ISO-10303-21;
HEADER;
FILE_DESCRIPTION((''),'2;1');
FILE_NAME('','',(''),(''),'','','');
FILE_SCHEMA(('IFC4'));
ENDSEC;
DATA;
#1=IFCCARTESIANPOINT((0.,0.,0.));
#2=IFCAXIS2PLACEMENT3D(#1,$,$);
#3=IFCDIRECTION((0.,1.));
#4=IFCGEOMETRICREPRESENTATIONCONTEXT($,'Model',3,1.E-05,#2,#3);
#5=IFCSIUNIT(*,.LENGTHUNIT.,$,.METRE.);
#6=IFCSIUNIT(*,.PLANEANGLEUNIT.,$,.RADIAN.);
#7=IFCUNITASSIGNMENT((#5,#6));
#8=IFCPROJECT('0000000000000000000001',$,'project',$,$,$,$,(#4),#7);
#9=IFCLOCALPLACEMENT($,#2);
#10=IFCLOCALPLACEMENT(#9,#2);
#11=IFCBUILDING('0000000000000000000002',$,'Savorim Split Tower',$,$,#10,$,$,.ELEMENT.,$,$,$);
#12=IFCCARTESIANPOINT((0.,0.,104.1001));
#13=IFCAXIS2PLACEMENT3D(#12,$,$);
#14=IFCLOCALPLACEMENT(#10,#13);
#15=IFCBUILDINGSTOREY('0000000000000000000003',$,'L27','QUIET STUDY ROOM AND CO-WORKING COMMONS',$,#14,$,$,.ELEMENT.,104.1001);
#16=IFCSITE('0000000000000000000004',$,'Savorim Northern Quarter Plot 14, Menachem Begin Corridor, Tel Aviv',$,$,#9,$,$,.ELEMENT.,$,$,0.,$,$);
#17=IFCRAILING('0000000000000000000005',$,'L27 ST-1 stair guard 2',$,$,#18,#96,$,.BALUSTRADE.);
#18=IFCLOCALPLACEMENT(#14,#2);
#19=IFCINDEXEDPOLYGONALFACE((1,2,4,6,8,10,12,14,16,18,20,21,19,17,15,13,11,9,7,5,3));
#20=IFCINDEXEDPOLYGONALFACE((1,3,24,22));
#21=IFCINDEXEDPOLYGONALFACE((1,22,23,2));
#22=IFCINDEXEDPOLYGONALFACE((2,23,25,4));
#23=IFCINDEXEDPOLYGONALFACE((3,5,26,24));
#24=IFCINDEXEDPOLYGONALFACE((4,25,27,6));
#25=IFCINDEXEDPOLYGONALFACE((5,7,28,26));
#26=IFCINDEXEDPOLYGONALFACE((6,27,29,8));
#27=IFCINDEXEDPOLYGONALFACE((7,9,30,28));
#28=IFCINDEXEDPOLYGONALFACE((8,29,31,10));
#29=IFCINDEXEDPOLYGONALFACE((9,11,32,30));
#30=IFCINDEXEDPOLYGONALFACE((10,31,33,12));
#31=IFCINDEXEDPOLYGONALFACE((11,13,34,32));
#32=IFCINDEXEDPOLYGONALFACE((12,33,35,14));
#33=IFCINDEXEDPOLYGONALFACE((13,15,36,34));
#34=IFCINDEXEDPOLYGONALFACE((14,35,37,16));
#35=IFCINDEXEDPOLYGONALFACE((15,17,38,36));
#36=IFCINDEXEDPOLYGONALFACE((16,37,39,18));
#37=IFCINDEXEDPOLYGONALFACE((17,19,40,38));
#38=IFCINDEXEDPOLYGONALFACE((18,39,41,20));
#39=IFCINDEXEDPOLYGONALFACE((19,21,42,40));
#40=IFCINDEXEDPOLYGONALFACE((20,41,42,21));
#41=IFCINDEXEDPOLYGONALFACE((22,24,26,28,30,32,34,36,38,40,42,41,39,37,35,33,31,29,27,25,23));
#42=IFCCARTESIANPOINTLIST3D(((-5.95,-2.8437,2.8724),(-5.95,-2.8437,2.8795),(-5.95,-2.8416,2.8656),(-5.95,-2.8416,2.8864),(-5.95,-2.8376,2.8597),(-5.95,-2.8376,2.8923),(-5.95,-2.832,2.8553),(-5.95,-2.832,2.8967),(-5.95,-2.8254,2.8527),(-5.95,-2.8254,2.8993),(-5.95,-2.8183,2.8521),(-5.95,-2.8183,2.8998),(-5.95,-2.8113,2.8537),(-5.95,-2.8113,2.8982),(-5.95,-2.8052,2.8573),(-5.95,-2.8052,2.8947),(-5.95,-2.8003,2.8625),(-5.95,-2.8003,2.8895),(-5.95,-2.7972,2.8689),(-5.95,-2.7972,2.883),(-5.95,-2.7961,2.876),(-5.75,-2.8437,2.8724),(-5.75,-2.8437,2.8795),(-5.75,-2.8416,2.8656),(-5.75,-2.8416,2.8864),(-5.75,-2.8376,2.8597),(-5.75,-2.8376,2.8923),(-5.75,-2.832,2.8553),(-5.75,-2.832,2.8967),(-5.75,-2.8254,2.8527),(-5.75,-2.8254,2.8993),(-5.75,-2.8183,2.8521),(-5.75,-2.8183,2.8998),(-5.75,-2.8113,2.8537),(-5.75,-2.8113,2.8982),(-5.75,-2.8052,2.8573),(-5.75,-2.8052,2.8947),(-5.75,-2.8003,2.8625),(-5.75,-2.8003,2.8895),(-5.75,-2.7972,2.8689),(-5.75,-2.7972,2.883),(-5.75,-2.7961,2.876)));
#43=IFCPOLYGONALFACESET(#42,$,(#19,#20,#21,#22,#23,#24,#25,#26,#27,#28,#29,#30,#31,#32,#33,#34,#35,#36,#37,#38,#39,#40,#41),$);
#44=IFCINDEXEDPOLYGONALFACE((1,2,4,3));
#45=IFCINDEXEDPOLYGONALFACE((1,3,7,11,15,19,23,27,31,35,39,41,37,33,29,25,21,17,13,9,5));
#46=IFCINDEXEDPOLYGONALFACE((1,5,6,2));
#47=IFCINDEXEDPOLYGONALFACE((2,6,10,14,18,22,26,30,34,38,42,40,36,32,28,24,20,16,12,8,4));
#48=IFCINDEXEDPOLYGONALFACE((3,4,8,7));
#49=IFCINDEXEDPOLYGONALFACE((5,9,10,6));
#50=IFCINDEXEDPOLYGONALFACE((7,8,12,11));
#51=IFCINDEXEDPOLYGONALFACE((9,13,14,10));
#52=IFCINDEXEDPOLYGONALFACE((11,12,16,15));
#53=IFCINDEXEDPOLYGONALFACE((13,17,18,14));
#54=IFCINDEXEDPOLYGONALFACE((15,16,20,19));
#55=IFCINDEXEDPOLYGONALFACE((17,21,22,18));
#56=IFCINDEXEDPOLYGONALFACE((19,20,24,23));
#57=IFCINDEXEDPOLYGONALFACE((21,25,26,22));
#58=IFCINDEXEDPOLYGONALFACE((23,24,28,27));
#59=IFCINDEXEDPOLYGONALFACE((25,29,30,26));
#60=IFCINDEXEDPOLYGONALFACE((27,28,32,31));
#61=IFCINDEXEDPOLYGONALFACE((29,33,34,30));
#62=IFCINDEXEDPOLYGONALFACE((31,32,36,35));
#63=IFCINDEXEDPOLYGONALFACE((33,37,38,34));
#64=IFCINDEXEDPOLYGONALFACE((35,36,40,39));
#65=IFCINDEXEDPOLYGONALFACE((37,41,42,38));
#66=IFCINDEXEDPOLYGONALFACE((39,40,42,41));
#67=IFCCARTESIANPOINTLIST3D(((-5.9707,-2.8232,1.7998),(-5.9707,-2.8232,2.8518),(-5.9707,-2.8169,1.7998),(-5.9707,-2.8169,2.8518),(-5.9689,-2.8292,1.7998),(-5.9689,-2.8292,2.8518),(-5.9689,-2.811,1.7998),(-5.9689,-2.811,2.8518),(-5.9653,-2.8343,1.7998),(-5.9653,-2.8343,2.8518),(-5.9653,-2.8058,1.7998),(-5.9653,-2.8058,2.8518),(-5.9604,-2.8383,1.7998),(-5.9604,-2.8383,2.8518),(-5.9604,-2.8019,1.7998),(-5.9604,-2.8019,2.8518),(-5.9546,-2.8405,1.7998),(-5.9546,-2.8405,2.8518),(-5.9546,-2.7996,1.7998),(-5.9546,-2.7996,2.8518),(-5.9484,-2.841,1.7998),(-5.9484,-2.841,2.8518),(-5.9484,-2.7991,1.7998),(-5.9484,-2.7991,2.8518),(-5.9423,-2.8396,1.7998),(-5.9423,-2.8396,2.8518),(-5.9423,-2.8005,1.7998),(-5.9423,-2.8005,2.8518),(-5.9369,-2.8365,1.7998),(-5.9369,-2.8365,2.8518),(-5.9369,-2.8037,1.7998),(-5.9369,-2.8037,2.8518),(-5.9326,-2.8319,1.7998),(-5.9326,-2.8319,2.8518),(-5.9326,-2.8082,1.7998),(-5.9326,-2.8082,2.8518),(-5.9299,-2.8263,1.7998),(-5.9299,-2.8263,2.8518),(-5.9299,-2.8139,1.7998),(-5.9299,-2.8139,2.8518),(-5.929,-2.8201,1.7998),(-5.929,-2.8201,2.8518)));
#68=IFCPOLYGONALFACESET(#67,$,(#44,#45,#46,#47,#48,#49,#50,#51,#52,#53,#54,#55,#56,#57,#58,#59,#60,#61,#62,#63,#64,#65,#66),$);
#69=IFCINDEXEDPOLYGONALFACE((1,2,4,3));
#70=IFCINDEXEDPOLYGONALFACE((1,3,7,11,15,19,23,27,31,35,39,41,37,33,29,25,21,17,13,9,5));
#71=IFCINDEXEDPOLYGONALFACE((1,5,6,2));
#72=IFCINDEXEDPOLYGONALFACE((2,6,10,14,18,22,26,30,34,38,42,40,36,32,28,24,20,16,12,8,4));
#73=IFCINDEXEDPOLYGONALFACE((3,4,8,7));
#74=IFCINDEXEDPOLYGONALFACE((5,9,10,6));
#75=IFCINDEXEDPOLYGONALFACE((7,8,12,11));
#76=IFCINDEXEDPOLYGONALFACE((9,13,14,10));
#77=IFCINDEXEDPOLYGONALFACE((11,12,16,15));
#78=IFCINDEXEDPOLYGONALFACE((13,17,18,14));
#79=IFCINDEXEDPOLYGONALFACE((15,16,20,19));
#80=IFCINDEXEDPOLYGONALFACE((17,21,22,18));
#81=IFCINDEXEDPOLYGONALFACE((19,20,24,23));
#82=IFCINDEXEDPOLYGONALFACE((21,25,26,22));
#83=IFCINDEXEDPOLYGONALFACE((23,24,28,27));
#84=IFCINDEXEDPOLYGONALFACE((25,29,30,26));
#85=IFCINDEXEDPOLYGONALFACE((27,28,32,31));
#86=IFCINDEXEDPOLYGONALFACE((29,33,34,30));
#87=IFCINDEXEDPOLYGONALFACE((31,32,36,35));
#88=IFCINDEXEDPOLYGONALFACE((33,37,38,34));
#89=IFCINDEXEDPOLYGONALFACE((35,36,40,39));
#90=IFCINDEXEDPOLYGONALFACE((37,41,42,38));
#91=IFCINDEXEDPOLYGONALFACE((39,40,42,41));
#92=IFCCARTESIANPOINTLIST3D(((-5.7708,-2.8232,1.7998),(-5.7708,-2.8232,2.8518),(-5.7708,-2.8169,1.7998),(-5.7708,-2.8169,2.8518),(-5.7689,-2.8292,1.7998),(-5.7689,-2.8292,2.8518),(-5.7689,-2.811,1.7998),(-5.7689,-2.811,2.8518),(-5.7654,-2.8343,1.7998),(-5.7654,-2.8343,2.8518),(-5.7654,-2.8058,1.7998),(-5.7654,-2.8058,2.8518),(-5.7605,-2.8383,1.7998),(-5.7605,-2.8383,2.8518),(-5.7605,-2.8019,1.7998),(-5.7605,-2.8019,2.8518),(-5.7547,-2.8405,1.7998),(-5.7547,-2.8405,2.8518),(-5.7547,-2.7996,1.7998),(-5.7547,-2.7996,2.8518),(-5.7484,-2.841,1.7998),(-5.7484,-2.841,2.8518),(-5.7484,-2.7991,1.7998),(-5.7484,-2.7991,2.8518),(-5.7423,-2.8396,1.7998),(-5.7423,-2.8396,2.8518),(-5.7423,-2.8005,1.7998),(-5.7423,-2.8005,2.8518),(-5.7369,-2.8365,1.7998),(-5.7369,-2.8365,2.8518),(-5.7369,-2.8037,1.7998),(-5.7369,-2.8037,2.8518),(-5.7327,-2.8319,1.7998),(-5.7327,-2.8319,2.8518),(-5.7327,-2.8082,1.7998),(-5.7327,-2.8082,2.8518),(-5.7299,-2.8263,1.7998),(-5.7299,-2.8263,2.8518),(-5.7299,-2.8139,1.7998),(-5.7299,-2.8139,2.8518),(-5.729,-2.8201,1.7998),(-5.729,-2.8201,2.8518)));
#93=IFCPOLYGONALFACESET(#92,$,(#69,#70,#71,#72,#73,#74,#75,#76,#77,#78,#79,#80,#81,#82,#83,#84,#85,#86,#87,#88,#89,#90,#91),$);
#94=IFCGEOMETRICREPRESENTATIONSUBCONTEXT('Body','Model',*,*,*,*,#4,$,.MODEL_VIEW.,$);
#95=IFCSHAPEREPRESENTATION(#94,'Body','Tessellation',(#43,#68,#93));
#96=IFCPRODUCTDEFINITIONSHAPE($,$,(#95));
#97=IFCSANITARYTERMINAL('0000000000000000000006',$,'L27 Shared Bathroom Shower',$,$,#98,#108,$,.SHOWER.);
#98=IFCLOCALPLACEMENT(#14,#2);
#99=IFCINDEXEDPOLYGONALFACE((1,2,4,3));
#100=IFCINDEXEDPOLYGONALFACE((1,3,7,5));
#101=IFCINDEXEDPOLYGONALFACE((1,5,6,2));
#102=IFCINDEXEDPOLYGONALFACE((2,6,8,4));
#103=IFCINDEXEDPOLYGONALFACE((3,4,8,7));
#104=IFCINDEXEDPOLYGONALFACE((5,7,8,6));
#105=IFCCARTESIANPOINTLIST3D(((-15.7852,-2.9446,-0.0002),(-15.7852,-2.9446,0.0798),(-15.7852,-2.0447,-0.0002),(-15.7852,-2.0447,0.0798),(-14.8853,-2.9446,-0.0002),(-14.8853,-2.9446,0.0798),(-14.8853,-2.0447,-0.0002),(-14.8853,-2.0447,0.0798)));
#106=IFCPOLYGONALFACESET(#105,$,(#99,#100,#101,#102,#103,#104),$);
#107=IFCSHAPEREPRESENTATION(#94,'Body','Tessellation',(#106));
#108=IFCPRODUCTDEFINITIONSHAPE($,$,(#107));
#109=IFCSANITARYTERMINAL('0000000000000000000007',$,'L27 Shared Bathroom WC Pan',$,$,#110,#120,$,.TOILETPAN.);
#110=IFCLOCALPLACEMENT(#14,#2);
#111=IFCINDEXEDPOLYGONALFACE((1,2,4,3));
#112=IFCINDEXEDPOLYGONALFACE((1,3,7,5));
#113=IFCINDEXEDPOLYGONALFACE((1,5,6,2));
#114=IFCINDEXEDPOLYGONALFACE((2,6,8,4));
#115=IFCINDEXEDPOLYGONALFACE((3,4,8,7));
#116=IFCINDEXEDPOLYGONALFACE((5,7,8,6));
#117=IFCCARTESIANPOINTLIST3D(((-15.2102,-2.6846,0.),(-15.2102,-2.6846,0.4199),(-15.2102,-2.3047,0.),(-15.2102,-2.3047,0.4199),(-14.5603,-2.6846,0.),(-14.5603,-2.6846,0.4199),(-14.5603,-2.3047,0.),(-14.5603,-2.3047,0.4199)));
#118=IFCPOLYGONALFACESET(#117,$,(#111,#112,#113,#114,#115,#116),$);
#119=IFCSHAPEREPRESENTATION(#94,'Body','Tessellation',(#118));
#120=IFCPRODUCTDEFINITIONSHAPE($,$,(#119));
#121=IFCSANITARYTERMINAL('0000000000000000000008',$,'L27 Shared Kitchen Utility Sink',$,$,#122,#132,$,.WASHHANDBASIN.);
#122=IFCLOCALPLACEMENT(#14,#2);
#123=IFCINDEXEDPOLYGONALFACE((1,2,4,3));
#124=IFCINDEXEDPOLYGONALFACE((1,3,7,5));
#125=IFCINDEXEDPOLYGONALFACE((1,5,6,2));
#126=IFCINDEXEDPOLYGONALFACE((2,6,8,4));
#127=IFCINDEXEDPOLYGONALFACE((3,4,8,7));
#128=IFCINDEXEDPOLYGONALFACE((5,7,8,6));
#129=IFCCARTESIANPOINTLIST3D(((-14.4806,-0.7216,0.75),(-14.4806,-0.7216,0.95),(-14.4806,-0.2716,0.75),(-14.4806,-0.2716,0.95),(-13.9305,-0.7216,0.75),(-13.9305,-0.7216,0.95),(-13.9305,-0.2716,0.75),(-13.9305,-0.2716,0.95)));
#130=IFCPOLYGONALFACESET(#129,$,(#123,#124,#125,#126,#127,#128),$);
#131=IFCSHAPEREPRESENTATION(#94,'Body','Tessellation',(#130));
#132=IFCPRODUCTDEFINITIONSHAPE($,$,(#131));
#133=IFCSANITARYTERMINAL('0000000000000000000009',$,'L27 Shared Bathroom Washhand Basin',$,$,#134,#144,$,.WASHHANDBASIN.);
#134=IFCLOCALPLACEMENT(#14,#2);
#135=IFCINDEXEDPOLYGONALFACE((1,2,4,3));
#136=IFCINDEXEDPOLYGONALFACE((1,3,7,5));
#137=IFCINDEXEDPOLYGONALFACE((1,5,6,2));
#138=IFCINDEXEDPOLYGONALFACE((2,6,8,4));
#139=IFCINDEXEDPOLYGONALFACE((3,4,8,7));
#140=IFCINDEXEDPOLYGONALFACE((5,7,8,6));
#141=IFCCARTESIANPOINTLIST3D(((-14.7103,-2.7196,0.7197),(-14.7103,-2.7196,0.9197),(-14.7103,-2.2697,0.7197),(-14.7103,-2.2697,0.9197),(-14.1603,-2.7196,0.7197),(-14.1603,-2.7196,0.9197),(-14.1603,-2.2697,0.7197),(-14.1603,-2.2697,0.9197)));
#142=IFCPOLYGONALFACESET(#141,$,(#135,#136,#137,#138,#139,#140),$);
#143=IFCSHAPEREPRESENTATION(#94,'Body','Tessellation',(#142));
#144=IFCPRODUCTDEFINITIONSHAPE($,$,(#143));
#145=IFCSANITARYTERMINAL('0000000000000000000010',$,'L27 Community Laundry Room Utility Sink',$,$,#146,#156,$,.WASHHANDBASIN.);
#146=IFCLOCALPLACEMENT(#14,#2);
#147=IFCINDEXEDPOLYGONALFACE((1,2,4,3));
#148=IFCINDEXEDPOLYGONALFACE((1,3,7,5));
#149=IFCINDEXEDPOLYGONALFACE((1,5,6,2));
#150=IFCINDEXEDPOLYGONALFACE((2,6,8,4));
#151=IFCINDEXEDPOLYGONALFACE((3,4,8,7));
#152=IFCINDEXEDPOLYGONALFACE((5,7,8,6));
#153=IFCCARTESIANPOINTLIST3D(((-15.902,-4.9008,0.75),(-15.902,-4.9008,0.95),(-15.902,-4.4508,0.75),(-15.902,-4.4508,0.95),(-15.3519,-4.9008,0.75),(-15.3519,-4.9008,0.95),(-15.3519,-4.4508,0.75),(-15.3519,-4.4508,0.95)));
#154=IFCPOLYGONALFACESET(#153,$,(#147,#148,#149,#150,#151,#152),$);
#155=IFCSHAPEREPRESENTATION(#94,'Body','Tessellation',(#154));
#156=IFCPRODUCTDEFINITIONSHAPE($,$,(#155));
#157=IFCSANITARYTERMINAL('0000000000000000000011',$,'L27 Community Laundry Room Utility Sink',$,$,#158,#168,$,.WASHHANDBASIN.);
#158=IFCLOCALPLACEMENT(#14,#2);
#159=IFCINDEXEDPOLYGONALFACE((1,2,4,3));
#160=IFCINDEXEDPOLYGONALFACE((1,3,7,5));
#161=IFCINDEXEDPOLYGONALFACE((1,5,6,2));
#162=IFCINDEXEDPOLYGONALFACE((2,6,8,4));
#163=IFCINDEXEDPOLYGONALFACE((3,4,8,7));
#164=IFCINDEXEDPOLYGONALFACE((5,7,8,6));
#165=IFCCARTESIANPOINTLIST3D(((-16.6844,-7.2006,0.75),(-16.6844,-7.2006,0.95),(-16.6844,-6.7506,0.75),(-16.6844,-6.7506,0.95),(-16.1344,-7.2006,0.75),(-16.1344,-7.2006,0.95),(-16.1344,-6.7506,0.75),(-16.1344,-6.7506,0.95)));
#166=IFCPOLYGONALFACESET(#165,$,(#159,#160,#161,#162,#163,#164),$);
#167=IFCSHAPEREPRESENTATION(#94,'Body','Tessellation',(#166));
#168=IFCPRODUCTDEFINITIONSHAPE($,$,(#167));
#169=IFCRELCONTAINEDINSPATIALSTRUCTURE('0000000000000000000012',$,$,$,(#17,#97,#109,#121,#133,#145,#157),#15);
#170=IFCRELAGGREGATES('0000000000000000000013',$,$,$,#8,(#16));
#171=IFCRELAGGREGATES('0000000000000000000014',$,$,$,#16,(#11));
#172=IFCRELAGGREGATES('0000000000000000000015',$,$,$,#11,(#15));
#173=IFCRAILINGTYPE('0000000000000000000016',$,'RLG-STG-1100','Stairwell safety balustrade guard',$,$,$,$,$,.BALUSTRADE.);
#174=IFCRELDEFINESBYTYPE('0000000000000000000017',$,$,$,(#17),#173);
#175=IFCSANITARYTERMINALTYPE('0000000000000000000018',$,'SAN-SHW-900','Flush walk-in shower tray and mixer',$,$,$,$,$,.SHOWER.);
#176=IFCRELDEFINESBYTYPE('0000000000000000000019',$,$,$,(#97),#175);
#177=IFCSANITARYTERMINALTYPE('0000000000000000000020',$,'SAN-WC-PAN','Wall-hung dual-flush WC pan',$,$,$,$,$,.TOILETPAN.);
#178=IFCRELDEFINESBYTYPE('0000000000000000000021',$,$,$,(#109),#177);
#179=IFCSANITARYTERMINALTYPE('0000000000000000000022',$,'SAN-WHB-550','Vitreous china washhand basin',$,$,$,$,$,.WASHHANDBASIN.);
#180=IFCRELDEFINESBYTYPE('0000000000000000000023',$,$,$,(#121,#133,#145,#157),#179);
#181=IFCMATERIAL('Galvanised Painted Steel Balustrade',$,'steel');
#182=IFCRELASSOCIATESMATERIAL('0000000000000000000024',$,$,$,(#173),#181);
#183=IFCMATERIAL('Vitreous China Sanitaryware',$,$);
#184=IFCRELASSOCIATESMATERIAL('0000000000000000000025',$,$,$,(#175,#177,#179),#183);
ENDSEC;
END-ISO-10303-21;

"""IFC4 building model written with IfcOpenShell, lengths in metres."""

from ifc_helpers import new_model, si_unit, direction, frame, origin, origin_2d, place, context, subcontext, project, spatial, rectangle, circle, extrude, material, type_object, element, save


model = new_model("IFC4")

# Units and contexts
model_context = context("Model", 3, precision=1e-05, world=origin(), true_north=direction((0.0, 1.0)))
body_context = subcontext(model_context, "Body", "Model", "MODEL_VIEW")
ifc_project = project(units=[si_unit("LENGTHUNIT", "METRE"), si_unit("PLANEANGLEUNIT", "RADIAN")], contexts=[model_context])

# Site, building, storey
site_placement = place(None, origin())
site = spatial("IfcSite", under=ifc_project, at=site_placement, Name="Savorim Northern Quarter Plot 14, Menachem Begin Corridor, Tel Aviv", CompositionType="ELEMENT", RefElevation=0.0)
building_placement = place(site_placement, origin())
building = spatial("IfcBuilding", under=site, at=building_placement, Name="Savorim Split Tower", CompositionType="ELEMENT")
storey_placement = place(building_placement, frame((0.0, 0.0, 104.1001)))
storey = spatial("IfcBuildingStorey", under=building, at=storey_placement, Name="L27", Description="QUIET STUDY ROOM AND CO-WORKING COMMONS", CompositionType="ELEMENT", Elevation=104.1001)

# Railing
ifc_material_1 = material(Name="Galvanised Painted Steel Balustrade", Category="steel")
railing_type_1 = type_object("IfcRailingType", Name="RLG-STG-1100", Description="Stairwell safety balustrade guard", PredefinedType="BALUSTRADE", material=ifc_material_1)
railing_1_placement = place(storey_placement, frame((-5.95, -2.8201, 1.7998)))
element("IfcRailing", 1, at=railing_1_placement, inside=storey, type_object=railing_type_1, Name="L27 ST-1 stair guard 2", PredefinedType="BALUSTRADE", context=body_context, shape_type="SweptSolid", body=[
    extrude(circle(Radius=0.0239, at=origin_2d()), frame((0.0, 0.0, 1.0762), z_axis=(1.0, 0.0, 0.0), x_axis=(0.0, 1.0, 0.0)), (0.0, 0.0, 1.0), 0.2),
    extrude(circle(Radius=0.021, at=origin_2d()), origin(), (0.0, 0.0, 1.0), 1.052),
    extrude(circle(Radius=0.021, at=origin_2d()), frame((0.2, 0.0, 0.0)), (0.0, 0.0, 1.0), 1.052),
])

# Sanitary terminals
ifc_material_2 = material(Name="Vitreous China Sanitaryware")
sanitary_terminal_type_1 = type_object("IfcSanitaryTerminalType", Name="SAN-SHW-900", Description="Flush walk-in shower tray and mixer", PredefinedType="SHOWER", material=ifc_material_2)
sanitary_terminal_1_placement = place(storey_placement, frame((-15.3352, -2.4946, -0.0002), z_axis=(0.0, 0.0, 1.0), x_axis=(1.0, 0.0, 0.0)))
element("IfcSanitaryTerminal", 2, at=sanitary_terminal_1_placement, inside=storey, type_object=sanitary_terminal_type_1, Name="L27 Shared Bathroom Shower", PredefinedType="SHOWER", context=body_context, shape_type="SweptSolid", body=[
    extrude(rectangle(XDim=0.8999, YDim=0.8999, at=origin_2d()), origin(), (0.0, 0.0, 1.0), 0.0801),
])
sanitary_terminal_type_2 = type_object("IfcSanitaryTerminalType", Name="SAN-WC-PAN", Description="Wall-hung dual-flush WC pan", PredefinedType="TOILETPAN", material=ifc_material_2)
sanitary_terminal_2_placement = place(storey_placement, frame((-14.8853, -2.4946, 0.0), z_axis=(0.0, 0.0, 1.0), x_axis=(1.0, 0.0, 0.0)))
element("IfcSanitaryTerminal", 3, at=sanitary_terminal_2_placement, inside=storey, type_object=sanitary_terminal_type_2, Name="L27 Shared Bathroom WC Pan", PredefinedType="TOILETPAN", context=body_context, shape_type="SweptSolid", body=[
    extrude(rectangle(XDim=0.6499, YDim=0.3799, at=origin_2d()), origin(), (0.0, 0.0, 1.0), 0.4199),
])
sanitary_terminal_type_3 = type_object("IfcSanitaryTerminalType", Name="SAN-WHB-550", Description="Vitreous china washhand basin", PredefinedType="WASHHANDBASIN", material=ifc_material_2)
for number, where, z_axis, x_axis, name in (
    (4, (-14.2056, -0.4966, 0.75), (0.0, 0.0, 1.0), (1.0, 0.0, 0.0), "L27 Shared Kitchen Utility Sink"),
    (5, (-14.4353, -2.4946, 0.7197), (0.0, 0.0, 1.0), (1.0, 0.0, 0.0), "L27 Shared Bathroom Washhand Basin"),
    (6, (-15.627, -4.6758, 0.75), (0.0, 0.0, 1.0), (1.0, 0.0, 0.0), "L27 Community Laundry Room Utility Sink"),
    (7, (-16.4094, -6.9756, 0.75), (0.0, 0.0, 1.0), (1.0, 0.0, 0.0), "L27 Community Laundry Room Utility Sink"),
):
    element("IfcSanitaryTerminal", number, at=place(storey_placement, frame(where, z_axis=z_axis, x_axis=x_axis)), inside=storey, type_object=sanitary_terminal_type_3, Name=name, PredefinedType="WASHHANDBASIN", context=body_context, shape_type="SweptSolid", body=[
        extrude(rectangle(XDim=0.55, YDim=0.45, at=origin_2d()), origin(), (0.0, 0.0, 1.0), 0.2),
    ])

save(model, "model.ifc")
